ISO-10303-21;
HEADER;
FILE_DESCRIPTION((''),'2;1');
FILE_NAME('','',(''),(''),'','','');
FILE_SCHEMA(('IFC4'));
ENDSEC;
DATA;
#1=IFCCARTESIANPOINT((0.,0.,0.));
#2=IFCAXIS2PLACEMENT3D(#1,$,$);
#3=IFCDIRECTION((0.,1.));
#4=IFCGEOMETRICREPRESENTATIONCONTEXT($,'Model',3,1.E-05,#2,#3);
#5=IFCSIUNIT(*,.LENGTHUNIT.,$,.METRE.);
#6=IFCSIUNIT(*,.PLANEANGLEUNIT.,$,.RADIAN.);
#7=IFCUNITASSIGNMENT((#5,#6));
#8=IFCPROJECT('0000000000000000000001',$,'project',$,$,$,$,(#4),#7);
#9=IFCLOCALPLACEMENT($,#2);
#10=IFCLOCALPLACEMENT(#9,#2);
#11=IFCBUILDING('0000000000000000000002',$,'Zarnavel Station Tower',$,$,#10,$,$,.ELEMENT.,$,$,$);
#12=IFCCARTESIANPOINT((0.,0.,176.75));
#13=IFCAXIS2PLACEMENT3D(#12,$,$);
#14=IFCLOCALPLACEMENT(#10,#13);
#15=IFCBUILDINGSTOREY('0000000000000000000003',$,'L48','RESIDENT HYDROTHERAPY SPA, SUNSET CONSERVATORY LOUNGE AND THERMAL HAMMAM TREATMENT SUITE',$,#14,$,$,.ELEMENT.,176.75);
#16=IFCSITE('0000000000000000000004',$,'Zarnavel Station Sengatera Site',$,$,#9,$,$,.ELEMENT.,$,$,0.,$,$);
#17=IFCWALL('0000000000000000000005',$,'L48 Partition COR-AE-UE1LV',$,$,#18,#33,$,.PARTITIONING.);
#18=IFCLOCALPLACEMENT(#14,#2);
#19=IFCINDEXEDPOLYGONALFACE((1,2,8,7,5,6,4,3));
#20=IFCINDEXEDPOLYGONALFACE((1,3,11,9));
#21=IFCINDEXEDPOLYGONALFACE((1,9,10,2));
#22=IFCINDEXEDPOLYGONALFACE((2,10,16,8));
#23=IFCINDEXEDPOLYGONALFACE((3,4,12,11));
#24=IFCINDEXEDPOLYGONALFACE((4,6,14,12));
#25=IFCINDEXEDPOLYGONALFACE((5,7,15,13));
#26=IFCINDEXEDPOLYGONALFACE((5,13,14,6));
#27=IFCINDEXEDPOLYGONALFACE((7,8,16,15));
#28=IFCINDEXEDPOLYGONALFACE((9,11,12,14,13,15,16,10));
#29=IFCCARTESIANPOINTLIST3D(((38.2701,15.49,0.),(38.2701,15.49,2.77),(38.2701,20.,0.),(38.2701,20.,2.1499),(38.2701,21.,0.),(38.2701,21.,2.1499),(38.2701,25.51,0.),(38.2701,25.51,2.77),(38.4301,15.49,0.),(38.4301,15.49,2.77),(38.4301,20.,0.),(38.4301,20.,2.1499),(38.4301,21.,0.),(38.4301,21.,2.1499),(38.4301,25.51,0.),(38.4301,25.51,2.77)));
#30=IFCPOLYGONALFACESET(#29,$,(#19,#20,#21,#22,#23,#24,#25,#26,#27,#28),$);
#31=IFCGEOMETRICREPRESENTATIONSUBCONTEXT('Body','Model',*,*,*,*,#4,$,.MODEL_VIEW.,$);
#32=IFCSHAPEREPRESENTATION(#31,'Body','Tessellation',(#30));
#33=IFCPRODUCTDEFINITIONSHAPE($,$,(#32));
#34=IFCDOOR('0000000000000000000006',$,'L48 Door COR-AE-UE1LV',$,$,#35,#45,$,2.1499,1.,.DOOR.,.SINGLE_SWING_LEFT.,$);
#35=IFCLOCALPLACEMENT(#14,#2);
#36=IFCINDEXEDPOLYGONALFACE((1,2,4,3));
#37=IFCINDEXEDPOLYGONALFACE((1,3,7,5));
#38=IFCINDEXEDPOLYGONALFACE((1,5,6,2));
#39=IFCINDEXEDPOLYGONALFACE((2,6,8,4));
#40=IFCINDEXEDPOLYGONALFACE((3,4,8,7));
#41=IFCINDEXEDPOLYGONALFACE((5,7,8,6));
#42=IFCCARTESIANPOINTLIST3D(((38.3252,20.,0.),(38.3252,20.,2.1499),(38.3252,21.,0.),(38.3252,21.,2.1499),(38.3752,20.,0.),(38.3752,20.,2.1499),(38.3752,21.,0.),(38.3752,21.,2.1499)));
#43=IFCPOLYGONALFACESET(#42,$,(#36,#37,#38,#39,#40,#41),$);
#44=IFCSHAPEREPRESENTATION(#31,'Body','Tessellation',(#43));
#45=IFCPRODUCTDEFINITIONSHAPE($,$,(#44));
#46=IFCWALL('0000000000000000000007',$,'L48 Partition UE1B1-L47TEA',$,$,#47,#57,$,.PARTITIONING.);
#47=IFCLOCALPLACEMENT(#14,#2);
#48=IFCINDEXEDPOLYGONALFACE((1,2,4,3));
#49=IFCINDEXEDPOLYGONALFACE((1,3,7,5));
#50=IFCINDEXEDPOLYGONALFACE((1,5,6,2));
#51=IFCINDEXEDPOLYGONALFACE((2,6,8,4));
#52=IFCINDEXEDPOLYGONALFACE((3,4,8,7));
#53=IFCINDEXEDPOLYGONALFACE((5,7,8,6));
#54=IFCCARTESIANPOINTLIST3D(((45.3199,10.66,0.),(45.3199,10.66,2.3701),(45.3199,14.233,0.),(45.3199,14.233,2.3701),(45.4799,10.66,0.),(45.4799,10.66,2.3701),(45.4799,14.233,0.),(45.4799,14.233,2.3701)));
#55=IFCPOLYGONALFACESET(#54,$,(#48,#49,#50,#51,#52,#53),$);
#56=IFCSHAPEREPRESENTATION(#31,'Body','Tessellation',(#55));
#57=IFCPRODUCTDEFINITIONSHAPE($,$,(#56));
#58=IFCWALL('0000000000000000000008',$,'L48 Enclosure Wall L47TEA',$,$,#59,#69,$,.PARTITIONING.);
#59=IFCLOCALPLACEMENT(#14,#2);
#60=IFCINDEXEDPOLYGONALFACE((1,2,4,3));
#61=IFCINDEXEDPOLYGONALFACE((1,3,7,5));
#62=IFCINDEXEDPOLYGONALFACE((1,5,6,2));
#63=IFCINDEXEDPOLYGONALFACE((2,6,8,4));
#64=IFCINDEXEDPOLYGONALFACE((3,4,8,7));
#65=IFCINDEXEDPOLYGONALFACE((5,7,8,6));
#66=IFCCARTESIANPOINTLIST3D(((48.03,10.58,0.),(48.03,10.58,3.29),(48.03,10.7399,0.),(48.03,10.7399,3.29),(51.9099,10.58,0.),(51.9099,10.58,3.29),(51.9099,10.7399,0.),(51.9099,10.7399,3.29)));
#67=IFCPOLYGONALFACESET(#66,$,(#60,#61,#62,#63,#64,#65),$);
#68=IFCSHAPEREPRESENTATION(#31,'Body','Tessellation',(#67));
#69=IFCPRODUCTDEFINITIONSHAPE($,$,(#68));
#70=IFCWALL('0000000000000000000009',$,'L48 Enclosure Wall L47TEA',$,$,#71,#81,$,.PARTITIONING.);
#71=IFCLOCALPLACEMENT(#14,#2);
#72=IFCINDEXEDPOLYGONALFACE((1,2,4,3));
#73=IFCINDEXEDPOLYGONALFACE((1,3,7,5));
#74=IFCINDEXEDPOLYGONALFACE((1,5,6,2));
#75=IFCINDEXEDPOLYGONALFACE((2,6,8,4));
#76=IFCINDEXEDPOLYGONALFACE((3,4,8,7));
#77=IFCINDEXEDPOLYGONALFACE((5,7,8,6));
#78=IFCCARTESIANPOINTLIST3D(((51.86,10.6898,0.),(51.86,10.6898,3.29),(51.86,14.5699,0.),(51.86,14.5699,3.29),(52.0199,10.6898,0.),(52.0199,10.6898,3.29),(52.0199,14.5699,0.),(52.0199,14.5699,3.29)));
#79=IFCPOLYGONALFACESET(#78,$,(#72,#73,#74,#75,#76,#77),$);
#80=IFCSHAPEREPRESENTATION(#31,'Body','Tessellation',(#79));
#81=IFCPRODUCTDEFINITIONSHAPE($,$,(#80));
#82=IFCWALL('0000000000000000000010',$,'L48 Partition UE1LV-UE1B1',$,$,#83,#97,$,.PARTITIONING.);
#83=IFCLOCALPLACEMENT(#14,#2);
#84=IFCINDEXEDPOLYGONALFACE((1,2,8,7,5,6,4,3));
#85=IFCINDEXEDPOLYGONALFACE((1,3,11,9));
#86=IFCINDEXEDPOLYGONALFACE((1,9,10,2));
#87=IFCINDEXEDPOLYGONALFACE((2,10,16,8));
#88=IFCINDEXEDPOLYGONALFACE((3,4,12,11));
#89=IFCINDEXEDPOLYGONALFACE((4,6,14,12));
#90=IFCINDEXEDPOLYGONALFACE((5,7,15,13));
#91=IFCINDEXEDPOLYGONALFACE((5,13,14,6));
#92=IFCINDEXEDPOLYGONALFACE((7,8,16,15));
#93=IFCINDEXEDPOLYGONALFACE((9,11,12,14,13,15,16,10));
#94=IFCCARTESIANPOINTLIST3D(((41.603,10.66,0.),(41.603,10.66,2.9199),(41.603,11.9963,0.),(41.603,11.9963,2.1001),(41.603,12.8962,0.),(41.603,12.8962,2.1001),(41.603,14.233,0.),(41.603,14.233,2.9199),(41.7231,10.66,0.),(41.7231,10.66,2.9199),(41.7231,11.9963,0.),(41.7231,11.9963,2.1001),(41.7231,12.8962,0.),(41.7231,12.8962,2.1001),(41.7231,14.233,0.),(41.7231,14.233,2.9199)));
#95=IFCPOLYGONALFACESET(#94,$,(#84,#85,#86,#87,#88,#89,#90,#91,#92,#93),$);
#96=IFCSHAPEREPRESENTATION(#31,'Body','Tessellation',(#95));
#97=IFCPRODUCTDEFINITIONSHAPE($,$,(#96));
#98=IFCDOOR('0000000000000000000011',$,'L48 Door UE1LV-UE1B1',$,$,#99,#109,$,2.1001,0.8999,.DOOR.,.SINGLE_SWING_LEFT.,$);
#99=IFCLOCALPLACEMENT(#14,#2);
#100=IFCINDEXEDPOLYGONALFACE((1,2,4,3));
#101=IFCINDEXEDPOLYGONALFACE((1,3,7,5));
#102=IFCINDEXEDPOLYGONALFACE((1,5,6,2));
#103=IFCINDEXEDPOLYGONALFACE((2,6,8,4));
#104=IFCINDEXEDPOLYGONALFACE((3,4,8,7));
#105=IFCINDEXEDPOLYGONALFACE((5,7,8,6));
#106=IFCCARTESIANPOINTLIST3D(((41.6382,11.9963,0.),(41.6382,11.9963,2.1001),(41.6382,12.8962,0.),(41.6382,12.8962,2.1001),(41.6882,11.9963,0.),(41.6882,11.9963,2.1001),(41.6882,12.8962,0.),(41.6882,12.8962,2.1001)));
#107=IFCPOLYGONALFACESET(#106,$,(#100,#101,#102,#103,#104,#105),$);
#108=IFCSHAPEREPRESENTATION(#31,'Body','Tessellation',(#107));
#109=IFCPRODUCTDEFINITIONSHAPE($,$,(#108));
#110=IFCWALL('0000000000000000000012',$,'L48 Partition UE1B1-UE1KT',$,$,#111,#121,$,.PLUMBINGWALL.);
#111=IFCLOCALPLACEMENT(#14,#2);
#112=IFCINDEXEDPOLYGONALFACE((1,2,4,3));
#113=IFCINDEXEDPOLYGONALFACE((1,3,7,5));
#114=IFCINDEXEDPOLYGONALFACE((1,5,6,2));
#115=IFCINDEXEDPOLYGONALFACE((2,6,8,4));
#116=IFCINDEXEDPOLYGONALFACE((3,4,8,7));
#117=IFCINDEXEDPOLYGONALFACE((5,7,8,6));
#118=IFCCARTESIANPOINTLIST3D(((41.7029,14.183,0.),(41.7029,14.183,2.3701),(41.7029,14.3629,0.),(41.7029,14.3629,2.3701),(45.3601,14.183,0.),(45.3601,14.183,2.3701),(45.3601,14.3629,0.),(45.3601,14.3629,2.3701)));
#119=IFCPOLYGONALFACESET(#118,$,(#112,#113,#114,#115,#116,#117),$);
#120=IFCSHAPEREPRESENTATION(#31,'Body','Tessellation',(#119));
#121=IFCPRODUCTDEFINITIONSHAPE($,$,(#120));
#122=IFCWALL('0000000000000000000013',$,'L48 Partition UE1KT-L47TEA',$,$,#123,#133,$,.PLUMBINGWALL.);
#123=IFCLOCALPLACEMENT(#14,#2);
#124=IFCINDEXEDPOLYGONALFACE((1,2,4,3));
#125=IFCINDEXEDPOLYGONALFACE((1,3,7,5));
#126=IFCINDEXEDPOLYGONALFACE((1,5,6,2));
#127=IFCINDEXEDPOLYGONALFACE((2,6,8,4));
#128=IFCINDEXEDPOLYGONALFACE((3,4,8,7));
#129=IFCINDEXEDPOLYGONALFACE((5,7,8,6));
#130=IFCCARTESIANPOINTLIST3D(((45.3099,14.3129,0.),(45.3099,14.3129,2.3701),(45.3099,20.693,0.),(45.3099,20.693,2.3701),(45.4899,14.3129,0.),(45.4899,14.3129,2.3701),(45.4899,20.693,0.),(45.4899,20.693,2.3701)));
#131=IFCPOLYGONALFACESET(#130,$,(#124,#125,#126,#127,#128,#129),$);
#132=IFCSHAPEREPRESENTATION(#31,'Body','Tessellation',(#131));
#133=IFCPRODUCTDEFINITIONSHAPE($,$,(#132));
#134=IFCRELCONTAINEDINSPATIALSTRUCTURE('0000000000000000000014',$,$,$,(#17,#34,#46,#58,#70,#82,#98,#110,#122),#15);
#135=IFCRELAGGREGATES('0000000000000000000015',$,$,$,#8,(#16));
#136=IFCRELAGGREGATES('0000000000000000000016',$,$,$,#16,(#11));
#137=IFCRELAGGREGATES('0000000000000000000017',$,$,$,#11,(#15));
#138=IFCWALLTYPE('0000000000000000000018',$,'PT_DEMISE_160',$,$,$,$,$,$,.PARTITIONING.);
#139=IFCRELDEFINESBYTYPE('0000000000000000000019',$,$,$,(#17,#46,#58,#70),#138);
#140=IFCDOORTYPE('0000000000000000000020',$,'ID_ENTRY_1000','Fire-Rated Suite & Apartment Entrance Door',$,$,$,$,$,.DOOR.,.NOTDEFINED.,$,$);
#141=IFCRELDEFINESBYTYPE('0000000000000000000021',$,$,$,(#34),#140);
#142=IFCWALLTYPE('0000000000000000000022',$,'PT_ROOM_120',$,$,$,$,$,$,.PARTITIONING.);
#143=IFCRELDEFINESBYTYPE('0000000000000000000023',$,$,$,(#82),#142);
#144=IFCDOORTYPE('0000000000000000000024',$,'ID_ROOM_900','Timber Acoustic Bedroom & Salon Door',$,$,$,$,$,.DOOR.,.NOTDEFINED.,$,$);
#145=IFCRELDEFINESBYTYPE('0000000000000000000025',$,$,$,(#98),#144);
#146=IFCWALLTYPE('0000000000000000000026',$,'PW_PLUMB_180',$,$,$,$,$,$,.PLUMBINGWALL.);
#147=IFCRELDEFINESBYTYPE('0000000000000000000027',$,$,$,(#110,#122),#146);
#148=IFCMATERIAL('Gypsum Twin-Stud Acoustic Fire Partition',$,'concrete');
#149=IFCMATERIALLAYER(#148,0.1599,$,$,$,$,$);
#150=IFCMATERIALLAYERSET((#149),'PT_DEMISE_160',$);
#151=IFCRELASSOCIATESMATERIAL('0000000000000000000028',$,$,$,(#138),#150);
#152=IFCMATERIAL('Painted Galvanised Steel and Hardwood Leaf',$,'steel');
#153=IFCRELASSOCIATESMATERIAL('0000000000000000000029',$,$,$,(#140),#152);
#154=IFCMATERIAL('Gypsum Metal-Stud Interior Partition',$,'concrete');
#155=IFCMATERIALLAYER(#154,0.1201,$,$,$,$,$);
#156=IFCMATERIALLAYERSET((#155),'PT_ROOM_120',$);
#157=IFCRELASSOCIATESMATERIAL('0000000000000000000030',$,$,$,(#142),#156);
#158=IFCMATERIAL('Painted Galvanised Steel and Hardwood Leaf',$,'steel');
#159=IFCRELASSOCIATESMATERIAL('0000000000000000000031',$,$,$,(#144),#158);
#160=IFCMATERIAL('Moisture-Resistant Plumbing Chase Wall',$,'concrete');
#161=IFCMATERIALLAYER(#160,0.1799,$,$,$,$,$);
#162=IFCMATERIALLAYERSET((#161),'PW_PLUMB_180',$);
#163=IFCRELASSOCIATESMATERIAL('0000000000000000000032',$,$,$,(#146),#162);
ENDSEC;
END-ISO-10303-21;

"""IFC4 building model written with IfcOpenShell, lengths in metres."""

from ifc_helpers import new_model, si_unit, direction, frame, frame_2d, origin, place, context, subcontext, project, spatial, rectangle, extrude, material, layer, layer_set, type_object, element, fill, save


model = new_model("IFC4")

# Units and contexts
model_context = context("Model", 3, precision=1e-05, world=origin(), true_north=direction((0.0, 1.0)))
body_context = subcontext(model_context, "Body", "Model", "MODEL_VIEW")
ifc_project = project(units=[si_unit("LENGTHUNIT", "METRE"), si_unit("PLANEANGLEUNIT", "RADIAN")], contexts=[model_context])

# Site, building, storey
site_placement = place(None, origin())
site = spatial("IfcSite", under=ifc_project, at=site_placement, Name="Zarnavel Station Sengatera Site", CompositionType="ELEMENT", RefElevation=0.0)
building_placement = place(site_placement, origin())
building = spatial("IfcBuilding", under=site, at=building_placement, Name="Zarnavel Station Tower", CompositionType="ELEMENT")
storey_placement = place(building_placement, frame((0.0, 0.0, 176.75)))
storey = spatial("IfcBuildingStorey", under=building, at=storey_placement, Name="L48", Description="RESIDENT HYDROTHERAPY SPA, SUNSET CONSERVATORY LOUNGE AND THERMAL HAMMAM TREATMENT SUITE", CompositionType="ELEMENT", Elevation=176.75)

# Wall, opening, door
ifc_material_1 = material(Name="Gypsum Twin-Stud Acoustic Fire Partition", Category="concrete")
ifc_layer_1 = layer(ifc_material_1, 0.1599)
ifc_layer_set_1 = layer_set([ifc_layer_1], Name="PT_DEMISE_160")
wall_type_1 = type_object("IfcWallType", Name="PT_DEMISE_160", PredefinedType="PARTITIONING", material=ifc_layer_set_1)
wall_1_placement = place(storey_placement, frame((38.3501, 15.49, 0.0), z_axis=(0.0, 0.0, 1.0), x_axis=(0.0, 1.0, 0.0)))
wall_1 = element("IfcWall", 1, at=wall_1_placement, inside=storey, type_object=wall_type_1, Name="L48 Partition COR-AE-UE1LV", PredefinedType="PARTITIONING", context=body_context, shape_type="SweptSolid", body=[
    extrude(rectangle(XDim=10.02, YDim=0.1599, at=frame_2d((5.01, 0.0))), origin(), (0.0, 0.0, 1.0), 2.77),
])
opening_1_placement = place(wall_1_placement, frame((4.51, 0.0, 0.0)))
opening_1 = element("IfcOpeningElement", 2, at=opening_1_placement, cuts=wall_1, PredefinedType="OPENING", context=body_context, shape_type="SweptSolid", body=[
    extrude(rectangle(XDim=1.0, YDim=2.1499, at=frame_2d((0.5, 1.075))), frame((0.0, 0.0898, 0.0), z_axis=(0.0, -1.0, 0.0), x_axis=(1.0, 0.0, 0.0)), (0.0, 0.0, 1.0), 0.1799),
])
ifc_material_2 = material(Name="Painted Galvanised Steel and Hardwood Leaf", Category="steel")
door_type_1 = type_object("IfcDoorType", Name="ID_ENTRY_1000", Description="Fire-Rated Suite & Apartment Entrance Door", OperationType="NOTDEFINED", PredefinedType="DOOR", material=ifc_material_2)
door_1_placement = place(opening_1_placement, origin())
door_1 = element("IfcDoor", 3, at=door_1_placement, inside=storey, type_object=door_type_1, Name="L48 Door COR-AE-UE1LV", OperationType="SINGLE_SWING_LEFT", OverallHeight=2.1499, OverallWidth=1.0, PredefinedType="DOOR", context=body_context, shape_type="SweptSolid", body=[
    extrude(rectangle(XDim=1.0, YDim=2.1499, at=frame_2d((0.5, 1.075))), frame((0.0, 0.0249, 0.0), z_axis=(0.0, -1.0, 0.0), x_axis=(1.0, 0.0, 0.0)), (0.0, 0.0, 1.0), 0.05),
])
fill(opening_1, door_1)

# Walls
wall_2_placement = place(storey_placement, frame((45.3999, 10.6599, 0.0), z_axis=(0.0, 0.0, 1.0), x_axis=(0.0, 1.0, 0.0)))
element("IfcWall", 4, at=wall_2_placement, inside=storey, type_object=wall_type_1, Name="L48 Partition UE1B1-L47TEA", PredefinedType="PARTITIONING", context=body_context, shape_type="SweptSolid", body=[
    extrude(rectangle(XDim=3.573, YDim=0.1599, at=frame_2d((1.7866, 0.0))), origin(), (0.0, 0.0, 1.0), 2.3701),
])
wall_3_placement = place(storey_placement, frame((48.03, 10.6599, 0.0), z_axis=(0.0, 0.0, 1.0), x_axis=(1.0, 0.0, 0.0)))
element("IfcWall", 5, at=wall_3_placement, inside=storey, type_object=wall_type_1, Name="L48 Enclosure Wall L47TEA", PredefinedType="PARTITIONING", context=body_context, shape_type="SweptSolid", body=[
    extrude(rectangle(XDim=3.8799, YDim=0.1599, at=frame_2d((1.9399, 0.0))), origin(), (0.0, 0.0, 1.0), 3.29),
])
wall_4_placement = place(storey_placement, frame((51.9399, 10.6899, 0.0), z_axis=(0.0, 0.0, 1.0), x_axis=(0.0, 1.0, 0.0)))
element("IfcWall", 6, at=wall_4_placement, inside=storey, type_object=wall_type_1, Name="L48 Enclosure Wall L47TEA", PredefinedType="PARTITIONING", context=body_context, shape_type="SweptSolid", body=[
    extrude(rectangle(XDim=3.8801, YDim=0.1599, at=frame_2d((1.9399, 0.0))), origin(), (0.0, 0.0, 1.0), 3.29),
])

# Wall, opening, door
ifc_material_3 = material(Name="Gypsum Metal-Stud Interior Partition", Category="concrete")
ifc_layer_2 = layer(ifc_material_3, 0.1201)
ifc_layer_set_2 = layer_set([ifc_layer_2], Name="PT_ROOM_120")
wall_type_2 = type_object("IfcWallType", Name="PT_ROOM_120", PredefinedType="PARTITIONING", material=ifc_layer_set_2)
wall_5_placement = place(storey_placement, frame((41.6631, 10.6599, 0.0), z_axis=(0.0, 0.0, 1.0), x_axis=(0.0, 1.0, 0.0)))
wall_5 = element("IfcWall", 7, at=wall_5_placement, inside=storey, type_object=wall_type_2, Name="L48 Partition UE1LV-UE1B1", PredefinedType="PARTITIONING", context=body_context, shape_type="SweptSolid", body=[
    extrude(rectangle(XDim=3.573, YDim=0.1201, at=frame_2d((1.7866, 0.0))), origin(), (0.0, 0.0, 1.0), 2.9199),
])
opening_2_placement = place(wall_5_placement, frame((1.3364, 0.0, 0.0)))
opening_2 = element("IfcOpeningElement", 8, at=opening_2_placement, cuts=wall_5, PredefinedType="OPENING", context=body_context, shape_type="SweptSolid", body=[
    extrude(rectangle(XDim=0.8999, YDim=2.1001, at=frame_2d((0.45, 1.05))), frame((0.0, 0.0701, 0.0), z_axis=(0.0, -1.0, 0.0), x_axis=(1.0, 0.0, 0.0)), (0.0, 0.0, 1.0), 0.1401),
])
ifc_material_4 = material(Name="Painted Galvanised Steel and Hardwood Leaf", Category="steel")
door_type_2 = type_object("IfcDoorType", Name="ID_ROOM_900", Description="Timber Acoustic Bedroom & Salon Door", OperationType="NOTDEFINED", PredefinedType="DOOR", material=ifc_material_4)
door_2_placement = place(opening_2_placement, origin())
door_2 = element("IfcDoor", 9, at=door_2_placement, inside=storey, type_object=door_type_2, Name="L48 Door UE1LV-UE1B1", OperationType="SINGLE_SWING_LEFT", OverallHeight=2.1001, OverallWidth=0.8999, PredefinedType="DOOR", context=body_context, shape_type="SweptSolid", body=[
    extrude(rectangle(XDim=0.8999, YDim=2.1001, at=frame_2d((0.45, 1.05))), frame((0.0, 0.0249, 0.0), z_axis=(0.0, -1.0, 0.0), x_axis=(1.0, 0.0, 0.0)), (0.0, 0.0, 1.0), 0.05),
])
fill(opening_2, door_2)
ifc_material_5 = material(Name="Moisture-Resistant Plumbing Chase Wall", Category="concrete")
ifc_layer_3 = layer(ifc_material_5, 0.1799)
ifc_layer_set_3 = layer_set([ifc_layer_3], Name="PW_PLUMB_180")
wall_type_3 = type_object("IfcWallType", Name="PW_PLUMB_180", PredefinedType="PLUMBINGWALL", material=ifc_layer_set_3)

# Walls
wall_6_placement = place(storey_placement, frame((41.7029, 14.2729, 0.0), z_axis=(0.0, 0.0, 1.0), x_axis=(1.0, 0.0, 0.0)))
element("IfcWall", 10, at=wall_6_placement, inside=storey, type_object=wall_type_3, Name="L48 Partition UE1B1-UE1KT", PredefinedType="PLUMBINGWALL", context=body_context, shape_type="SweptSolid", body=[
    extrude(rectangle(XDim=3.6572, YDim=0.1799, at=frame_2d((1.8286, 0.0))), origin(), (0.0, 0.0, 1.0), 2.3701),
])
wall_7_placement = place(storey_placement, frame((45.3999, 14.313, 0.0), z_axis=(0.0, 0.0, 1.0), x_axis=(0.0, 1.0, 0.0)))
element("IfcWall", 11, at=wall_7_placement, inside=storey, type_object=wall_type_3, Name="L48 Partition UE1KT-L47TEA", PredefinedType="PLUMBINGWALL", context=body_context, shape_type="SweptSolid", body=[
    extrude(rectangle(XDim=6.3801, YDim=0.1799, at=frame_2d((3.1899, 0.0))), origin(), (0.0, 0.0, 1.0), 2.3701),
])

save(model, "model.ifc")
